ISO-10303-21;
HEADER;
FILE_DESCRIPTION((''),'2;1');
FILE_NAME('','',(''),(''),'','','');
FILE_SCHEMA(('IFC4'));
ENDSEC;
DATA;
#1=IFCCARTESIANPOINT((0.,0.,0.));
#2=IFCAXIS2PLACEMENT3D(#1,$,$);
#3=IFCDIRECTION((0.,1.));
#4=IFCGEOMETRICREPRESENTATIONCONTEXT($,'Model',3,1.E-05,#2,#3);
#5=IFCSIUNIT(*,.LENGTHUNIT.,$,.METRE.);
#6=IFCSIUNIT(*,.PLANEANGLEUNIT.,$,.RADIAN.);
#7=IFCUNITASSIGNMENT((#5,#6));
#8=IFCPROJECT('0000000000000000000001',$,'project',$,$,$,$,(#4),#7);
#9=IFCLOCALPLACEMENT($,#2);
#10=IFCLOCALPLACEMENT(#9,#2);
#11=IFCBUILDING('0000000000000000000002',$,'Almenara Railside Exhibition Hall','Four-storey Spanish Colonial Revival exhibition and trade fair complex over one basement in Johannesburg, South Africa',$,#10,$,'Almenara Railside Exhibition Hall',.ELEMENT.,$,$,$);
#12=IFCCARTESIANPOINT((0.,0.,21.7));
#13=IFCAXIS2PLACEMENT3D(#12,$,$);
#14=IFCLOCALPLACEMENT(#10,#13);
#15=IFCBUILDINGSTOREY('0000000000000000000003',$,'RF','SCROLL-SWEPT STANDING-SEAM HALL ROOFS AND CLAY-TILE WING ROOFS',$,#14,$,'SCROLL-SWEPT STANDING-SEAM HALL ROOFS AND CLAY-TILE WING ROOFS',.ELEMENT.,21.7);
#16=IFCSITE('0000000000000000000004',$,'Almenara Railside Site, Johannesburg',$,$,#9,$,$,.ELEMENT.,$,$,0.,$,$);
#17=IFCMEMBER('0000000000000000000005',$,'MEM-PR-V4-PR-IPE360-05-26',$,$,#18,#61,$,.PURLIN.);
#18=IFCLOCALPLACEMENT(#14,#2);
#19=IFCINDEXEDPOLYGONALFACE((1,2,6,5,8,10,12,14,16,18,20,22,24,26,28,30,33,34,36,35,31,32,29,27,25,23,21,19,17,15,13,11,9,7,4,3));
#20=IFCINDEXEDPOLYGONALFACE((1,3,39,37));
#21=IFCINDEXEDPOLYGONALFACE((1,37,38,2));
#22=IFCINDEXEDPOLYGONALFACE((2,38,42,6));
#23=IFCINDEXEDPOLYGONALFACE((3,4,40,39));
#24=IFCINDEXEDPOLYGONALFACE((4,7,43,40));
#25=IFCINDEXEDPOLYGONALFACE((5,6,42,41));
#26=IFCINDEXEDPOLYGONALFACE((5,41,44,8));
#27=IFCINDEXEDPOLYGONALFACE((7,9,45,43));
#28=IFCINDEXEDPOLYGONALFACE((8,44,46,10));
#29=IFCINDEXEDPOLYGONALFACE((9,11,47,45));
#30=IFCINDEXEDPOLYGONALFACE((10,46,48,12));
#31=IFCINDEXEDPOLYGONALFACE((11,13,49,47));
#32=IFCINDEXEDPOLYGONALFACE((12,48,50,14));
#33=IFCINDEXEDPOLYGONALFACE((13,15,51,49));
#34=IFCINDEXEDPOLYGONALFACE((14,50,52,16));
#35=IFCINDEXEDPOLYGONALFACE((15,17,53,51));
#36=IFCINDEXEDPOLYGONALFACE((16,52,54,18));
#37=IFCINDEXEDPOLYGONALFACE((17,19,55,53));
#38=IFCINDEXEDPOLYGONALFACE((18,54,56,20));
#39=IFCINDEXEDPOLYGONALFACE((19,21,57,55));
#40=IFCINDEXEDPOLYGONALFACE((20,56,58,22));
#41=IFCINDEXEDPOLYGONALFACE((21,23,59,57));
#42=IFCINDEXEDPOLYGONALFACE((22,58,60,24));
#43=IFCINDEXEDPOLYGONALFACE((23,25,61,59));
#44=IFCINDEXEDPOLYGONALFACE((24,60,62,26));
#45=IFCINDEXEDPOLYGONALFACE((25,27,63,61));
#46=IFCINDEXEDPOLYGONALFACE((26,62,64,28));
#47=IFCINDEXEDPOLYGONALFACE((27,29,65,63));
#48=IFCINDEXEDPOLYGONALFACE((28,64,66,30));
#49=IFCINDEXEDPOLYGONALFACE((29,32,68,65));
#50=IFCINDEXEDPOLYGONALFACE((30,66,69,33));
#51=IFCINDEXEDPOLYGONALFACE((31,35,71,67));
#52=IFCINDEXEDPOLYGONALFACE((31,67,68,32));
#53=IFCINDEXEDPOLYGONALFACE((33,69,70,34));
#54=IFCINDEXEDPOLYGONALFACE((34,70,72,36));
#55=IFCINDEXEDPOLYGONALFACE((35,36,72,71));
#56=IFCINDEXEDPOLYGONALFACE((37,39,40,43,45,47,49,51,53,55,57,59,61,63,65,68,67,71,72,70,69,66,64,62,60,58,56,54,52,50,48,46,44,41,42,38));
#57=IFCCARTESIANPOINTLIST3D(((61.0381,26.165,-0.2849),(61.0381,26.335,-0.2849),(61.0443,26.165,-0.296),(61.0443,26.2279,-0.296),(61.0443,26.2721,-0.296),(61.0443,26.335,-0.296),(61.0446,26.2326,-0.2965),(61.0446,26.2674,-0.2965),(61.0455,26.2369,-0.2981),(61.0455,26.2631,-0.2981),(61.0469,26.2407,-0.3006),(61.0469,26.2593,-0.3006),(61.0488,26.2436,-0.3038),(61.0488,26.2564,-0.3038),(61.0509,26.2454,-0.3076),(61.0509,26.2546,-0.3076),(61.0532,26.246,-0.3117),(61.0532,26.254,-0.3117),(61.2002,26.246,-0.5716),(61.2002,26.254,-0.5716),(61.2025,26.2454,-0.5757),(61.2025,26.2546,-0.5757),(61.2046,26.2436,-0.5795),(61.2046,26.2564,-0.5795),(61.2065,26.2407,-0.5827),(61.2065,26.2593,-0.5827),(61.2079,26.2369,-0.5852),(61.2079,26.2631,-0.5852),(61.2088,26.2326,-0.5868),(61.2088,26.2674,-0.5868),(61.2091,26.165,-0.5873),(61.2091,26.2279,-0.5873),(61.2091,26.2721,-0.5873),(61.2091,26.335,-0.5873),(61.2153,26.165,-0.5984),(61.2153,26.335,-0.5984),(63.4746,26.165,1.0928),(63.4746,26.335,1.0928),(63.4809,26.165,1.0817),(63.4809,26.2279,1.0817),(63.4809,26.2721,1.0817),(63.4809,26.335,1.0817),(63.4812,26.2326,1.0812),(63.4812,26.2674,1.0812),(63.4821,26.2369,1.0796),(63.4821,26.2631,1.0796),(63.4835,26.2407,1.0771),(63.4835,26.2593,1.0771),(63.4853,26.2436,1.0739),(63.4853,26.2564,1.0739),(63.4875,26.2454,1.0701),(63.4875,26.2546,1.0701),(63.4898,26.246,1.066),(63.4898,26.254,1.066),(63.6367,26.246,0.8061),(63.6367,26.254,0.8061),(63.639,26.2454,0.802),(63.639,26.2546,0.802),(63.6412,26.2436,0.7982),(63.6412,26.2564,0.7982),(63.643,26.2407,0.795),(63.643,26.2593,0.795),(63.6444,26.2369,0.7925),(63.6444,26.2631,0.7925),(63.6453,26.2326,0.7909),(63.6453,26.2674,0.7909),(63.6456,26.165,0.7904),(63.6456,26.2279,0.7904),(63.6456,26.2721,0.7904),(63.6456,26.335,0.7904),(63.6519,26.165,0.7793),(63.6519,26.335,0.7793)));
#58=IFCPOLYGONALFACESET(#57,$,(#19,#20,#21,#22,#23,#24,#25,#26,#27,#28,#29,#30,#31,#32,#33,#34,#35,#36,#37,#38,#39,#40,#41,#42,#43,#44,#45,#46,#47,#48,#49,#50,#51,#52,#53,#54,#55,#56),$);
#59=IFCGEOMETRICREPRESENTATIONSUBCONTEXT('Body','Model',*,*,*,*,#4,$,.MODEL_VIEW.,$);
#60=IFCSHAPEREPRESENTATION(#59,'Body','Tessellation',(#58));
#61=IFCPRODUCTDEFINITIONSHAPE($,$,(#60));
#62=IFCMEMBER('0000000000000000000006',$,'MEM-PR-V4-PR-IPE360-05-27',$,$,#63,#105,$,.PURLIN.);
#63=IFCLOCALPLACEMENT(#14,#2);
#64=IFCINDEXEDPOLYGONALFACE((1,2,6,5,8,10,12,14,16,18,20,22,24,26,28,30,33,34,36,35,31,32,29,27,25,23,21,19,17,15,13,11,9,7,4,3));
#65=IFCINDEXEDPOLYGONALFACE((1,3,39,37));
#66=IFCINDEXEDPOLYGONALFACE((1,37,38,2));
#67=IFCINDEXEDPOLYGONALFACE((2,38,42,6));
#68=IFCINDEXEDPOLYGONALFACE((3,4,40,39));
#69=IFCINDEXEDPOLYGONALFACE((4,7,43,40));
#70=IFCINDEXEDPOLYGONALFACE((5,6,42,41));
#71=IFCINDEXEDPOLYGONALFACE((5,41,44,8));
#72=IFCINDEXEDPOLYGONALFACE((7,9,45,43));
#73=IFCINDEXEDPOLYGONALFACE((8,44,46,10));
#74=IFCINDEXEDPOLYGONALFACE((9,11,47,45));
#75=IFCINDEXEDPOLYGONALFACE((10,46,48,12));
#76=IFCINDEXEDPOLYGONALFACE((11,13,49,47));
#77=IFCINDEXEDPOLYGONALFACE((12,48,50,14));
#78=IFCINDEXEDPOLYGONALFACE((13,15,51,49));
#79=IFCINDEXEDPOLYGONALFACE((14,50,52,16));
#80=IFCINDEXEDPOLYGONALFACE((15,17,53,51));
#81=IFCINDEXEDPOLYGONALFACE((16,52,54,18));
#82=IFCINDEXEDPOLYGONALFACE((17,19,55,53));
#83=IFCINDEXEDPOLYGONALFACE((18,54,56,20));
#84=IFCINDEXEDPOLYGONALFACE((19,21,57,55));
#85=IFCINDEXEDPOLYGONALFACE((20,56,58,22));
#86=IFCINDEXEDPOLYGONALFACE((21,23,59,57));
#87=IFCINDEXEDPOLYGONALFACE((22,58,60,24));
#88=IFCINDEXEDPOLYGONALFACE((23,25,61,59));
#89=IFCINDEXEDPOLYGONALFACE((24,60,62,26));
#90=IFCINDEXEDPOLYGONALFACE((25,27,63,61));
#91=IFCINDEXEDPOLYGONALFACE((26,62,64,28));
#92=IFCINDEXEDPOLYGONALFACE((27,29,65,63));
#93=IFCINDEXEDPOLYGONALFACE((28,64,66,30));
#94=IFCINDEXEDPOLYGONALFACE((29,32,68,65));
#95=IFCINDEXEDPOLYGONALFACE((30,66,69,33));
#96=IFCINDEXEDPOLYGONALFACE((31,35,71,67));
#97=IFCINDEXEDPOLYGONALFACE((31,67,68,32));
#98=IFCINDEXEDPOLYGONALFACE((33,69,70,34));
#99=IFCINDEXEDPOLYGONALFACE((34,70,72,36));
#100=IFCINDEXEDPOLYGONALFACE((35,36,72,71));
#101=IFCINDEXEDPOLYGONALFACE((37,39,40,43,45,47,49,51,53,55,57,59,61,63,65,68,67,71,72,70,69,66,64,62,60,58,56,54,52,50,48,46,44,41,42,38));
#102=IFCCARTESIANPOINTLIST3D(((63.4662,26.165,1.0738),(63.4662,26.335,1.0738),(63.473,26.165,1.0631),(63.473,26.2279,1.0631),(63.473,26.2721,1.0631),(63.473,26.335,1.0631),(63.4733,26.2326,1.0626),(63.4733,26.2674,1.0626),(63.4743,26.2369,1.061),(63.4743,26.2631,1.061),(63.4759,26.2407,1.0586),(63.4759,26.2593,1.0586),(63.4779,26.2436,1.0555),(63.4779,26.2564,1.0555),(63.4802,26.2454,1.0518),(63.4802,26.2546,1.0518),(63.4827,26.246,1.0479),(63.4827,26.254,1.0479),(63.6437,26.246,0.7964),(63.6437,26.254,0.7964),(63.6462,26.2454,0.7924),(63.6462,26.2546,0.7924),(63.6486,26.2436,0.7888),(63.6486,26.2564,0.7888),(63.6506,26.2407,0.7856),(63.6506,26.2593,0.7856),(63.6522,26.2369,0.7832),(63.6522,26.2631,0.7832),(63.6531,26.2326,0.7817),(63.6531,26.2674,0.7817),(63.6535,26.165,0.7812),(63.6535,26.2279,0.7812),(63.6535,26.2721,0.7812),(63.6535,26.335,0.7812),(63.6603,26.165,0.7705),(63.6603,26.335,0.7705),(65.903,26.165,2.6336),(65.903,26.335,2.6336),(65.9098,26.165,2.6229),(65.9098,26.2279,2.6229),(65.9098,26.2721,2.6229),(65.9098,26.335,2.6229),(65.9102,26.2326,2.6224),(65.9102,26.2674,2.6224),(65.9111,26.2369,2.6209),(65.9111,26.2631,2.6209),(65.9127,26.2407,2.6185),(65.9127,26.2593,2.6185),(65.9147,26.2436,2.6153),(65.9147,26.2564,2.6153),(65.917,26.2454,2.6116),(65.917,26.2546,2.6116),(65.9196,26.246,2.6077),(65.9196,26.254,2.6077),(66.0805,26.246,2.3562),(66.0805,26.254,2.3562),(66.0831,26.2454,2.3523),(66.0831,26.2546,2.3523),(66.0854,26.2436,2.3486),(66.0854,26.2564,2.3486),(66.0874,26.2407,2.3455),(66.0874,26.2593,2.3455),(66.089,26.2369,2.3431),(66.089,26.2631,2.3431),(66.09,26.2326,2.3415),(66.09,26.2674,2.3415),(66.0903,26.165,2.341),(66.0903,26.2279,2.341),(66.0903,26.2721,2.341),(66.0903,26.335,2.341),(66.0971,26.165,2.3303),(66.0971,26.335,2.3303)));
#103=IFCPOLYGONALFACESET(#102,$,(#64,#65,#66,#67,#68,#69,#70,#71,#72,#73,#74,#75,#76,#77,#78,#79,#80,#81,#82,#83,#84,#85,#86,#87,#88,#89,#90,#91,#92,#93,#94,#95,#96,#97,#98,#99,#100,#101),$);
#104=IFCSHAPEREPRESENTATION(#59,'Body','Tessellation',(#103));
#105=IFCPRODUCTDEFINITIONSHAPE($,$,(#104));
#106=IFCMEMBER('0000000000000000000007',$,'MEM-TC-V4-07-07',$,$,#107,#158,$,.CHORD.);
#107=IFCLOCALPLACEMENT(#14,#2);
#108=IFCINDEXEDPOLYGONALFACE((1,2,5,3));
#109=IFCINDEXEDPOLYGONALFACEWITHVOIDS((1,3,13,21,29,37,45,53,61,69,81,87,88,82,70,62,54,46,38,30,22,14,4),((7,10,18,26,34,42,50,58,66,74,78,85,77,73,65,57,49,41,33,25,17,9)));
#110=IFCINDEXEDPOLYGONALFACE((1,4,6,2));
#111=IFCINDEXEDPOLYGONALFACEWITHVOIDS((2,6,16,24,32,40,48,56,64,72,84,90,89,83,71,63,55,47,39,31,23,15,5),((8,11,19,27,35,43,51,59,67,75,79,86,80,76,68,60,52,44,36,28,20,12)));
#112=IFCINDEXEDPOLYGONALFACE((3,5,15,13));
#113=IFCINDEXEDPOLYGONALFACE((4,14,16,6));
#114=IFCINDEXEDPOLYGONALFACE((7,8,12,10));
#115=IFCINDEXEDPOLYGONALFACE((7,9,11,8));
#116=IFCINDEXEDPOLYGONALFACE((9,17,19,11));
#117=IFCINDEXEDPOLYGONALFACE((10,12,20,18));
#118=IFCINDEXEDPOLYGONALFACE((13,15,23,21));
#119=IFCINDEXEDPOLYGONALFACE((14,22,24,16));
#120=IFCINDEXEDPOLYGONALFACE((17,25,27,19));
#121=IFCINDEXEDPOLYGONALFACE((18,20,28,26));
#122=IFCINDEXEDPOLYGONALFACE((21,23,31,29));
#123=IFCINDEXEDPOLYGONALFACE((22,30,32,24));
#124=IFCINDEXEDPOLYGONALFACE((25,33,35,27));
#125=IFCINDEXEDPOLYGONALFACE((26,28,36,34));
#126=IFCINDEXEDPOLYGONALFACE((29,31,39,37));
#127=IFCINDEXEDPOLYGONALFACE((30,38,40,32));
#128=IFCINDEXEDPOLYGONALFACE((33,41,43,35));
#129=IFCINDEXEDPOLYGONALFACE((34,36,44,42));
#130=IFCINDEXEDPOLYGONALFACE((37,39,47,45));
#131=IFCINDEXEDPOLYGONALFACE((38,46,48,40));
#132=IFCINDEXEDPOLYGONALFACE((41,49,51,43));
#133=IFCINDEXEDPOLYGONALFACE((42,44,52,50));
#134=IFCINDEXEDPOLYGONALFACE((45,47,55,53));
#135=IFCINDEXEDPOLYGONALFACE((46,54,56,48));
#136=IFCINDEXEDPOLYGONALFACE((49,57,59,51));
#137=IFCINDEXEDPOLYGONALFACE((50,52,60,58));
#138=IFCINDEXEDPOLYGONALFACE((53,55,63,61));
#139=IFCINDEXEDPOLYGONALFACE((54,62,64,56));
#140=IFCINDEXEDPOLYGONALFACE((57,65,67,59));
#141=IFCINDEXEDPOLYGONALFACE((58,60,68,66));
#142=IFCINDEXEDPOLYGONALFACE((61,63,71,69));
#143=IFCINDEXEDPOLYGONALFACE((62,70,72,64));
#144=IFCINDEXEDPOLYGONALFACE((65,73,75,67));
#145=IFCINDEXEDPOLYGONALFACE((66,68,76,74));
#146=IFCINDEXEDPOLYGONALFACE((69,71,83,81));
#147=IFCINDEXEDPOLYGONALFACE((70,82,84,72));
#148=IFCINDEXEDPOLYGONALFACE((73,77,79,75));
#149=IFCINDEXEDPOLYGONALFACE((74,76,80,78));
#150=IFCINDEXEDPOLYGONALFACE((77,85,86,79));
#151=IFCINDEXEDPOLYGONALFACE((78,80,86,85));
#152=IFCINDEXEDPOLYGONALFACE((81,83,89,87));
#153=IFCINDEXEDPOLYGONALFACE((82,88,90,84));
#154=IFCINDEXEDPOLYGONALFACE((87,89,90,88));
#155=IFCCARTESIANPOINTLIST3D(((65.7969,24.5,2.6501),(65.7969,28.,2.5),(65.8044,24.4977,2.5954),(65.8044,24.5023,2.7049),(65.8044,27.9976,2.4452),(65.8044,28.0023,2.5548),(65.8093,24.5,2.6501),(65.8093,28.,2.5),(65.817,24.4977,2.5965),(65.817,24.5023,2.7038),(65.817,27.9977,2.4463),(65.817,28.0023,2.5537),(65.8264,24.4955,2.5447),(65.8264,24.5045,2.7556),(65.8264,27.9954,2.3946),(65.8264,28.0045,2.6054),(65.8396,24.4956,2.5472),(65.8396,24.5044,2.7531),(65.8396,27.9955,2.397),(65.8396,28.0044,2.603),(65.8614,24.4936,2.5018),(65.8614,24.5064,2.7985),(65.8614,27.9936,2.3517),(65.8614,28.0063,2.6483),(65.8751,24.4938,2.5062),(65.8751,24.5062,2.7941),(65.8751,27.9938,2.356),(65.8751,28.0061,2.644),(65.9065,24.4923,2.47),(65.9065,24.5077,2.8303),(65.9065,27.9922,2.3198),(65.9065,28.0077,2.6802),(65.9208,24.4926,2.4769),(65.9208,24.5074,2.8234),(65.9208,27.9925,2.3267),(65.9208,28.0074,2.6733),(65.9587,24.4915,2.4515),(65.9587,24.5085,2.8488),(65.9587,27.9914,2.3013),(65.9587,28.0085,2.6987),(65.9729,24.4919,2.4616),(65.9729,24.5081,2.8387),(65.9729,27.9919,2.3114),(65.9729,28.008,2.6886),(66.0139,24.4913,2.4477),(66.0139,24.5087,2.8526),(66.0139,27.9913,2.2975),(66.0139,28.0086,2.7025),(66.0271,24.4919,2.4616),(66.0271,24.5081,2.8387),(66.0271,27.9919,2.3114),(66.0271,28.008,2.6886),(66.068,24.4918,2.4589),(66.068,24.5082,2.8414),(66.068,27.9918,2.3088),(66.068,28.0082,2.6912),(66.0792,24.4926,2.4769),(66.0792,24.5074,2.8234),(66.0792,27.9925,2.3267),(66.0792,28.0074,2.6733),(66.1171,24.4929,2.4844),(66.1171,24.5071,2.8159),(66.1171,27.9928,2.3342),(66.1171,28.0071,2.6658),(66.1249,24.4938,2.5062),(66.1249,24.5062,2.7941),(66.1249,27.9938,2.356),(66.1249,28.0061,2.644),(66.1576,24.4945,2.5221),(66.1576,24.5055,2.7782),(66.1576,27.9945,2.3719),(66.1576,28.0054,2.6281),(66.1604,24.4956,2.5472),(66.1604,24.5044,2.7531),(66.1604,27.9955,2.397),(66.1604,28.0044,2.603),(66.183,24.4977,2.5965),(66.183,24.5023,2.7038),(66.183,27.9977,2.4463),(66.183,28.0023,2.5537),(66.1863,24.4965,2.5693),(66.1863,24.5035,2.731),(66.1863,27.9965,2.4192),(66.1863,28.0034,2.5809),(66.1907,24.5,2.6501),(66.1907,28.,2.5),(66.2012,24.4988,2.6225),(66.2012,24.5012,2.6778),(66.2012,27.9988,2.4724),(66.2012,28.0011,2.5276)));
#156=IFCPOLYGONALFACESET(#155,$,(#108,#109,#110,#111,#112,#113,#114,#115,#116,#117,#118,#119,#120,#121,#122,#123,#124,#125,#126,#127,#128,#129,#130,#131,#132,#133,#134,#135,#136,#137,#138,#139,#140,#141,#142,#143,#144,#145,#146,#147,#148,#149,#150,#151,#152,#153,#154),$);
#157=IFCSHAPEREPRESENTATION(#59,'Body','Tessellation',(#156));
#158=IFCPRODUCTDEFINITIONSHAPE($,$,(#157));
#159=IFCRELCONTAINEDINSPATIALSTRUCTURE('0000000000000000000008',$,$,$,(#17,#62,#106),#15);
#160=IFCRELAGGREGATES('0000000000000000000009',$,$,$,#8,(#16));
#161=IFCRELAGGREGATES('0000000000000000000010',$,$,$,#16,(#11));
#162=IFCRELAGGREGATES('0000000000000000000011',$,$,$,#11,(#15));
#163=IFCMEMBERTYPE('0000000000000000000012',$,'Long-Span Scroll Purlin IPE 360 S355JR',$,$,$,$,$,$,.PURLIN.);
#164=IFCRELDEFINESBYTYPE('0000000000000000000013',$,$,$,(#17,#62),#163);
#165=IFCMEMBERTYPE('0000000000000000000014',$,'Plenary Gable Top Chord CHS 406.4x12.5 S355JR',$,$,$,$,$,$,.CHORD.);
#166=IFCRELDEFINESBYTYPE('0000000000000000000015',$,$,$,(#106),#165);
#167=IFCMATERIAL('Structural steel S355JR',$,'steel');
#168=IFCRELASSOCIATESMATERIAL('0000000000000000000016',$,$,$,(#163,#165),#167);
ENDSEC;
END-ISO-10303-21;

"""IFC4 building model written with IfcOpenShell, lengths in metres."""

from ifc_helpers import new_model, si_unit, direction, frame, origin, origin_2d, place, context, subcontext, project, spatial, hollow_circle, i_section, extrude, material, material_profile, profile_set, type_object, element, save


model = new_model("IFC4")

# Units and contexts
model_context = context("Model", 3, precision=1e-05, world=origin(), true_north=direction((0.0, 1.0)))
body_context = subcontext(model_context, "Body", "Model", "MODEL_VIEW")
ifc_project = project(units=[si_unit("LENGTHUNIT", "METRE"), si_unit("PLANEANGLEUNIT", "RADIAN")], contexts=[model_context])

# Site, building, storey
site_placement = place(None, origin())
site = spatial("IfcSite", under=ifc_project, at=site_placement, Name="Almenara Railside Site, Johannesburg", CompositionType="ELEMENT", RefElevation=0.0)
building_placement = place(site_placement, origin())
building = spatial("IfcBuilding", under=site, at=building_placement, Name="Almenara Railside Exhibition Hall", Description="Four-storey Spanish Colonial Revival exhibition and trade fair complex over one basement in Johannesburg, South Africa", LongName="Almenara Railside Exhibition Hall", CompositionType="ELEMENT")
storey_placement = place(building_placement, frame((0.0, 0.0, 21.7)))
storey = spatial("IfcBuildingStorey", under=building, at=storey_placement, Name="RF", Description="SCROLL-SWEPT STANDING-SEAM HALL ROOFS AND CLAY-TILE WING ROOFS", LongName="SCROLL-SWEPT STANDING-SEAM HALL ROOFS AND CLAY-TILE WING ROOFS", CompositionType="ELEMENT", Elevation=21.7)

# Members
ifc_material_1 = material(Name="Structural steel S355JR", Category="steel")
ifc_material_profile_1 = material_profile(ifc_material_1, i_section(OverallWidth=0.1699, OverallDepth=0.3601, WebThickness=0.0081, FlangeThickness=0.0127, FilletRadius=0.0181, at=origin_2d()), Name="IPE 360")
ifc_profile_set_1 = profile_set([ifc_material_profile_1], Name="Structural steel S355JR")
member_type_1 = type_object("IfcMemberType", Name="Long-Span Scroll Purlin IPE 360 S355JR", PredefinedType="PURLIN", material=ifc_profile_set_1)
member_1_placement = place(storey_placement, frame((61.1267, 26.25, -0.4417), z_axis=(0.870483, 0.0, 0.492198), x_axis=(0.0, 1.0, 0.0)))
element("IfcMember", 1, at=member_1_placement, inside=storey, type_object=member_type_1, Name="MEM-PR-V4-PR-IPE360-05-26", PredefinedType="PURLIN", context=body_context, shape_type="SweptSolid", body=[
    extrude(i_section(OverallWidth=0.1699, OverallDepth=0.3601, WebThickness=0.0081, FlangeThickness=0.0127, FilletRadius=0.0181, at=origin_2d()), origin(), (0.0, 0.0, 1.0), 2.7991),
])
member_2_placement = place(storey_placement, frame((63.5632, 26.25, 0.9221), z_axis=(0.842227, 0.0, 0.539123), x_axis=(0.0, 1.0, 0.0)))
element("IfcMember", 2, at=member_2_placement, inside=storey, type_object=member_type_1, Name="MEM-PR-V4-PR-IPE360-05-27", PredefinedType="PURLIN", context=body_context, shape_type="SweptSolid", body=[
    extrude(i_section(OverallWidth=0.1699, OverallDepth=0.3601, WebThickness=0.0081, FlangeThickness=0.0127, FilletRadius=0.0181, at=origin_2d()), origin(), (0.0, 0.0, 1.0), 2.8933),
])
ifc_material_profile_2 = material_profile(ifc_material_1, hollow_circle(Radius=0.2031, WallThickness=0.0125, at=origin_2d()), Name="CHS 406.4x12.5")
ifc_profile_set_2 = profile_set([ifc_material_profile_2], Name="Structural steel S355JR")
member_type_2 = type_object("IfcMemberType", Name="Plenary Gable Top Chord CHS 406.4x12.5 S355JR", PredefinedType="CHORD", material=ifc_profile_set_2)
member_3_placement = place(storey_placement, frame((66.0, 24.5, 2.6501), z_axis=(0.0, 0.999081, -0.04286), x_axis=(-1.0, 0.0, 0.0)))
element("IfcMember", 3, at=member_3_placement, inside=storey, type_object=member_type_2, Name="MEM-TC-V4-07-07", PredefinedType="CHORD", context=body_context, shape_type="SweptSolid", body=[
    extrude(hollow_circle(Radius=0.2031, WallThickness=0.0125, at=origin_2d()), origin(), (0.0, 0.0, 1.0), 3.5032),
])

save(model, "model.ifc")
